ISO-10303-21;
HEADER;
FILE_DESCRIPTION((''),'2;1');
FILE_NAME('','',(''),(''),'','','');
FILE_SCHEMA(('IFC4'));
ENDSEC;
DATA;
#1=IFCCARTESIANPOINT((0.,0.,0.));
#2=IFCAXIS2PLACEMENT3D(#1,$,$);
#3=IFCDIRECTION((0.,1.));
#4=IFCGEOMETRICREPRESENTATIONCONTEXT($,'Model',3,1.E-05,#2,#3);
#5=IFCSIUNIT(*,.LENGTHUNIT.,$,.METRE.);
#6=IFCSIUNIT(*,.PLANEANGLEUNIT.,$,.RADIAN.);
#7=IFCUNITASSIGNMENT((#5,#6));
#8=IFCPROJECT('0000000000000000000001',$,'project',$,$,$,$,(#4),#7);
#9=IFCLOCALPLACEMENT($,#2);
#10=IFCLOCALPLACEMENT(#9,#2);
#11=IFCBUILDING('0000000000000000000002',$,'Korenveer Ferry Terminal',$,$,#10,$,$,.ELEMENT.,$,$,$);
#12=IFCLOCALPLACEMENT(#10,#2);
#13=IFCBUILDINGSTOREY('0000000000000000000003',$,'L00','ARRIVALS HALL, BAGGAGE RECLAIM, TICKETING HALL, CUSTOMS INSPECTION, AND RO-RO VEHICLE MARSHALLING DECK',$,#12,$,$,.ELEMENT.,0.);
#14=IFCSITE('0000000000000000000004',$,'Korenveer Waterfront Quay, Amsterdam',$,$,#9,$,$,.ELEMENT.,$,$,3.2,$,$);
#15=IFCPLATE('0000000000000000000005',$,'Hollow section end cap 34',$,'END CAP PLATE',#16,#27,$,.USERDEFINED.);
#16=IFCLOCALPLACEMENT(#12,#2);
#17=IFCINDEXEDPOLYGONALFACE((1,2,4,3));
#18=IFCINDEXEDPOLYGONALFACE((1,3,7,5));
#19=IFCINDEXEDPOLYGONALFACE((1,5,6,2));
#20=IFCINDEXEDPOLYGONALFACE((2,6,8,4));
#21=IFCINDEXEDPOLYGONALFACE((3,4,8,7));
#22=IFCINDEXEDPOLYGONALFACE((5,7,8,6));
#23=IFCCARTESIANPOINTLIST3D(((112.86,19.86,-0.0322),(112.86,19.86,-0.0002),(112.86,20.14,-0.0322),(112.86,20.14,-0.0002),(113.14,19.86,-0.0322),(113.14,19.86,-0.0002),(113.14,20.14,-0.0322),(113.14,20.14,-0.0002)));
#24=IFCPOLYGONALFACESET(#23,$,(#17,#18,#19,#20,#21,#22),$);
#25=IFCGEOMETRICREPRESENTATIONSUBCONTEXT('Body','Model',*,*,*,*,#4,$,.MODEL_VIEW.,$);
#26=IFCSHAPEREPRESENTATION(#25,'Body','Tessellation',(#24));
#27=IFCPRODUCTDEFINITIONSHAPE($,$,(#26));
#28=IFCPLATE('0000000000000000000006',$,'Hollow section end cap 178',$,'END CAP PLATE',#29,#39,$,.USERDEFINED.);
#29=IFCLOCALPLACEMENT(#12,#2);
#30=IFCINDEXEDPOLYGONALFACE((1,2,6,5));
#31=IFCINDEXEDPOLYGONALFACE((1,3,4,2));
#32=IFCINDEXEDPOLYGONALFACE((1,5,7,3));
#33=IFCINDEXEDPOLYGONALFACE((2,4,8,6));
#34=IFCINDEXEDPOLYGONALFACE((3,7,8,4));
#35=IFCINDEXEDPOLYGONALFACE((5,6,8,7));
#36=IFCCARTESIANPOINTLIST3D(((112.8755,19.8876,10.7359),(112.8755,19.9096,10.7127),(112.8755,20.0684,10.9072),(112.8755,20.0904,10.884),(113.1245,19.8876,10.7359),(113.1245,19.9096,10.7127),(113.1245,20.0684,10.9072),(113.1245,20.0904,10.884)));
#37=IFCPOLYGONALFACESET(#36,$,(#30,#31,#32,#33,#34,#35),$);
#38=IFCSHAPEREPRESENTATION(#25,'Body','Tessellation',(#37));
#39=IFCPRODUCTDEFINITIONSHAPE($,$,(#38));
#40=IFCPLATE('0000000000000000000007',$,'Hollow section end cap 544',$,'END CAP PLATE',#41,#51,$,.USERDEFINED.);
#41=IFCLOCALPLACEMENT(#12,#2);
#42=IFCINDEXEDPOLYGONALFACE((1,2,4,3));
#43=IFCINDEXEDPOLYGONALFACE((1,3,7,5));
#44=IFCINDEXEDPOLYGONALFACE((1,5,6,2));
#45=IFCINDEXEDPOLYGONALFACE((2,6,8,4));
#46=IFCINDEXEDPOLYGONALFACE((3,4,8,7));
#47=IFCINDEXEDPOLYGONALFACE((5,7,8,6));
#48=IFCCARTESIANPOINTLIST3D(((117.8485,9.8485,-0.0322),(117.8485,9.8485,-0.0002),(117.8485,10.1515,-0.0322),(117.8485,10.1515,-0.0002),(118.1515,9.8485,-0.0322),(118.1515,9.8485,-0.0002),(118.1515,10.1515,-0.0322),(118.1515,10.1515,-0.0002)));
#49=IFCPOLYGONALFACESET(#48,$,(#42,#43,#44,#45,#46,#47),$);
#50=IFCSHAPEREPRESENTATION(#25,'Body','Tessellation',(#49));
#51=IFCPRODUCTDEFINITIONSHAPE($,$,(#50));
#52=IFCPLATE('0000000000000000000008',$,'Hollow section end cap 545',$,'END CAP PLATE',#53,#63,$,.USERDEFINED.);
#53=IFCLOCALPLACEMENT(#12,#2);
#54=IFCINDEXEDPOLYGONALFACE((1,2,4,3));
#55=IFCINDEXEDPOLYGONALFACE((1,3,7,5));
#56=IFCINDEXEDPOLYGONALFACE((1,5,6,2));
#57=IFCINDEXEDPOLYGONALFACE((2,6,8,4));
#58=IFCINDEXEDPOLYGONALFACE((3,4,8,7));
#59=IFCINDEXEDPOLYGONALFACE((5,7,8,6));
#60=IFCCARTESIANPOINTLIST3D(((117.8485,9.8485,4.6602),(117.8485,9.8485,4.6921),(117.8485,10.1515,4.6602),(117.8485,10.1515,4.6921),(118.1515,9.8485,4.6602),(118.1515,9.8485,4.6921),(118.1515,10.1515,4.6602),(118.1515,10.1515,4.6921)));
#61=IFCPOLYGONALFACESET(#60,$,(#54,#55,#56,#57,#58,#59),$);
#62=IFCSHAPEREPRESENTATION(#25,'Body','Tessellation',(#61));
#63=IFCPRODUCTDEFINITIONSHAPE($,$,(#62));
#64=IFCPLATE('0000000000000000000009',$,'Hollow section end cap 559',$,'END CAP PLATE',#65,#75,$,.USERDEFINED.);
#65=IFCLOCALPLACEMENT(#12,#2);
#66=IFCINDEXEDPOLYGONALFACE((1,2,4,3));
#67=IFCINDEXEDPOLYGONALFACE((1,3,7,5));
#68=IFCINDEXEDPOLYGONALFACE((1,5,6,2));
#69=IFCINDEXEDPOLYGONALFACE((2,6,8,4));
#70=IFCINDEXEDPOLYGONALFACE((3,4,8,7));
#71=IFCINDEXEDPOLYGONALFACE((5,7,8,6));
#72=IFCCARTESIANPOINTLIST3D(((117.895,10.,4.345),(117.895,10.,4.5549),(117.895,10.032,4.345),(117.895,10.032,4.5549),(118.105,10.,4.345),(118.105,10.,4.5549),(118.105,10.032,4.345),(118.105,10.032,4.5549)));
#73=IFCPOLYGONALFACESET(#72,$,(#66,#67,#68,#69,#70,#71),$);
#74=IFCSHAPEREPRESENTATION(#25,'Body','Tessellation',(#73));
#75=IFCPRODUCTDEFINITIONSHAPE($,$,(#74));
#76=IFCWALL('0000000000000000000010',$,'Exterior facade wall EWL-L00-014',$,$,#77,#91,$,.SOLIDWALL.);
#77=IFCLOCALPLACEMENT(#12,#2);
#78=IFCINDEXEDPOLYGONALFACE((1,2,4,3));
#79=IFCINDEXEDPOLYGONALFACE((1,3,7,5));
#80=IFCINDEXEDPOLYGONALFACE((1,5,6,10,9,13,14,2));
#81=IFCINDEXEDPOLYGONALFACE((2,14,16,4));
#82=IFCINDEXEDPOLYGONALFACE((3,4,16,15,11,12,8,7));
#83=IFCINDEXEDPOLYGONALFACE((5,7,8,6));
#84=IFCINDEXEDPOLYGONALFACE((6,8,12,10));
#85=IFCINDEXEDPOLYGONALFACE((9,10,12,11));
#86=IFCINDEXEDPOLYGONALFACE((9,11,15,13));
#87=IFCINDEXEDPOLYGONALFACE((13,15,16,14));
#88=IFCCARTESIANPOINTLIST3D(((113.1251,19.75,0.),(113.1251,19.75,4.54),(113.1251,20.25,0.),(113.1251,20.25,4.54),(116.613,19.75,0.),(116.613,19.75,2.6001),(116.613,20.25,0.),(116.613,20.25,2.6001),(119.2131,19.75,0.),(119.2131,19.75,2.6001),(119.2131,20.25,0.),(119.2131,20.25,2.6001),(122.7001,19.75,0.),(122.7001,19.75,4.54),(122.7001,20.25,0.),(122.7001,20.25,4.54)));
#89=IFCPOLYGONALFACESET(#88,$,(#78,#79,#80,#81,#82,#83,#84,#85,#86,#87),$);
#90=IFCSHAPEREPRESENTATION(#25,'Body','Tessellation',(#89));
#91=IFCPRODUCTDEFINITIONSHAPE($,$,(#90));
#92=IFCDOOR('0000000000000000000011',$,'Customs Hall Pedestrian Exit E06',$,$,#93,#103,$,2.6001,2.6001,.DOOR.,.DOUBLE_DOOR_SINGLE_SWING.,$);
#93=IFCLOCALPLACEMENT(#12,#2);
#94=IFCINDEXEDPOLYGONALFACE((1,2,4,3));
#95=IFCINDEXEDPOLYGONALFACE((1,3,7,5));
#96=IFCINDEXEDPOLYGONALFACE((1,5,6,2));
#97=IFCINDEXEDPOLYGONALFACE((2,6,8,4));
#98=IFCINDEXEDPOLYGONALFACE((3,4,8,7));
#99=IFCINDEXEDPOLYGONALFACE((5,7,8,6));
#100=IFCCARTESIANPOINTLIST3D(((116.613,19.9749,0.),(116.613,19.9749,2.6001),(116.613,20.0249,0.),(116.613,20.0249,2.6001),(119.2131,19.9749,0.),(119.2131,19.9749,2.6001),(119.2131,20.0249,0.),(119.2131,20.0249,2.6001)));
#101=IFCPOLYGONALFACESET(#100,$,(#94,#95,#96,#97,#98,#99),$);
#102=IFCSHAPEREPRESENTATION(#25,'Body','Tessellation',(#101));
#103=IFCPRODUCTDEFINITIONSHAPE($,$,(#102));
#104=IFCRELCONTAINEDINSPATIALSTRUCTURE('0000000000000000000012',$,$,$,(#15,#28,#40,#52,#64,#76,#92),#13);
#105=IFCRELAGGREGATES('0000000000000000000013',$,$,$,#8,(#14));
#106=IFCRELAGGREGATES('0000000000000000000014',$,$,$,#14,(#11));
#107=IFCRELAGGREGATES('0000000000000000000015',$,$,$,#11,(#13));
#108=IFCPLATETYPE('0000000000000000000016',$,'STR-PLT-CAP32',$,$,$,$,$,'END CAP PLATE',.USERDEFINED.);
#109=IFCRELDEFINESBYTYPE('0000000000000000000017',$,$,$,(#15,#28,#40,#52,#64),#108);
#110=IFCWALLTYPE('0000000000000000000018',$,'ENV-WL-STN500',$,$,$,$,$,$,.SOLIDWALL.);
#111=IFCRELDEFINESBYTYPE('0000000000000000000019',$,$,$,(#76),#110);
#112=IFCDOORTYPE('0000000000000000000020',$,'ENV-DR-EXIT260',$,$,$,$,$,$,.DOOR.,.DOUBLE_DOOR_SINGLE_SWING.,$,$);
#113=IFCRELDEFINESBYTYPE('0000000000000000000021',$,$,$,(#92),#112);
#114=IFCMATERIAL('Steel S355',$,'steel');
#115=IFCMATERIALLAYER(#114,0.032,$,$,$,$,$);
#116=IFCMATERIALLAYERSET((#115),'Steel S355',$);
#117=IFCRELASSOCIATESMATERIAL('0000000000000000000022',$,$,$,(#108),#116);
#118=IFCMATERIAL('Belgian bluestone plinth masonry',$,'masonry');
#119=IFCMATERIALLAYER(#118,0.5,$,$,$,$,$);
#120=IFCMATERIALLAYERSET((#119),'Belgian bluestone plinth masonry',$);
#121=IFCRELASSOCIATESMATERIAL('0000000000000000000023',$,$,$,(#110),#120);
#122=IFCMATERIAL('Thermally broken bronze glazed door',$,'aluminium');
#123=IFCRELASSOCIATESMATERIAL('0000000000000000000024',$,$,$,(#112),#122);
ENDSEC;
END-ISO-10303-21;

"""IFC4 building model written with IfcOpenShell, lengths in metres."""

from ifc_helpers import new_model, si_unit, direction, frame, frame_2d, origin, origin_2d, place, context, subcontext, project, spatial, rectangle, extrude, material, layer, layer_set, type_object, element, fill, save


model = new_model("IFC4")

# Units and contexts
model_context = context("Model", 3, precision=1e-05, world=origin(), true_north=direction((0.0, 1.0)))
body_context = subcontext(model_context, "Body", "Model", "MODEL_VIEW")
ifc_project = project(units=[si_unit("LENGTHUNIT", "METRE"), si_unit("PLANEANGLEUNIT", "RADIAN")], contexts=[model_context])

# Site, building, storey
site_placement = place(None, origin())
site = spatial("IfcSite", under=ifc_project, at=site_placement, Name="Korenveer Waterfront Quay, Amsterdam", CompositionType="ELEMENT", RefElevation=3.2)
building_placement = place(site_placement, origin())
building = spatial("IfcBuilding", under=site, at=building_placement, Name="Korenveer Ferry Terminal", CompositionType="ELEMENT")
storey_placement = place(building_placement, origin())
storey = spatial("IfcBuildingStorey", under=building, at=storey_placement, Name="L00", Description="ARRIVALS HALL, BAGGAGE RECLAIM, TICKETING HALL, CUSTOMS INSPECTION, AND RO-RO VEHICLE MARSHALLING DECK", CompositionType="ELEMENT", Elevation=0.0)

# Shared definitions
ifc_material_1 = material(Name="Steel S355", Category="steel")

# Plates
ifc_layer_1 = layer(ifc_material_1, 0.032)
ifc_layer_set_1 = layer_set([ifc_layer_1], Name="Steel S355")
plate_type = type_object("IfcPlateType", Name="STR-PLT-CAP32", ElementType="END CAP PLATE", PredefinedType="USERDEFINED", material=ifc_layer_set_1)
plate_1_placement = place(storey_placement, frame((113.0, 20.0, -0.0322), z_axis=(0.0, 0.0, 1.0), x_axis=(1.0, 0.0, 0.0)))
element("IfcPlate", 1, at=plate_1_placement, inside=storey, type_object=plate_type, Name="Hollow section end cap 34", ObjectType="END CAP PLATE", PredefinedType="USERDEFINED", context=body_context, shape_type="SweptSolid", body=[
    extrude(rectangle(XDim=0.28, YDim=0.28, at=origin_2d()), origin(), (0.0, 0.0, 1.0), 0.032),
])
plate_2_placement = place(storey_placement, frame((113.0, 20.0, 10.7983), z_axis=(0.0, -0.687992, 0.725718), x_axis=(1.0, 0.0, 0.0)))
element("IfcPlate", 2, at=plate_2_placement, inside=storey, type_object=plate_type, Name="Hollow section end cap 178", ObjectType="END CAP PLATE", PredefinedType="USERDEFINED", context=body_context, shape_type="SweptSolid", body=[
    extrude(rectangle(XDim=0.249, YDim=0.249, at=origin_2d()), origin(), (0.0, 0.0, 1.0), 0.032),
])
for number, where, z_axis, x_axis, name in (
    (3, (118.0, 10.0, -0.0322), (0.0, 0.0, 1.0), (1.0, 0.0, 0.0), "Hollow section end cap 544"),
    (4, (118.0, 10.0, 4.6602), (0.0, 0.0, 1.0), (1.0, 0.0, 0.0), "Hollow section end cap 545"),
):
    element("IfcPlate", number, at=place(storey_placement, frame(where, z_axis=z_axis, x_axis=x_axis)), inside=storey, type_object=plate_type, Name=name, ObjectType="END CAP PLATE", PredefinedType="USERDEFINED", context=body_context, shape_type="SweptSolid", body=[
        extrude(rectangle(XDim=0.303, YDim=0.303, at=origin_2d()), origin(), (0.0, 0.0, 1.0), 0.032),
    ])
plate_3_placement = place(storey_placement, frame((118.0, 10.0, 4.45), z_axis=(0.0, 1.0, 0.0), x_axis=(-1.0, 0.0, 0.0)))
element("IfcPlate", 5, at=plate_3_placement, inside=storey, type_object=plate_type, Name="Hollow section end cap 559", ObjectType="END CAP PLATE", PredefinedType="USERDEFINED", context=body_context, shape_type="SweptSolid", body=[
    extrude(rectangle(XDim=0.21, YDim=0.21, at=origin_2d()), origin(), (0.0, 0.0, 1.0), 0.032),
])

# Wall, opening, door
ifc_material_2 = material(Name="Belgian bluestone plinth masonry", Category="masonry")
ifc_layer_2 = layer(ifc_material_2, 0.5)
ifc_layer_set_2 = layer_set([ifc_layer_2], Name="Belgian bluestone plinth masonry")
wall_type = type_object("IfcWallType", Name="ENV-WL-STN500", PredefinedType="SOLIDWALL", material=ifc_layer_set_2)
wall_placement = place(storey_placement, frame((113.125, 20.0, 0.0), z_axis=(0.0, 0.0, 1.0), x_axis=(1.0, 0.0, 0.0)))
wall = element("IfcWall", 6, at=wall_placement, inside=storey, type_object=wall_type, Name="Exterior facade wall EWL-L00-014", PredefinedType="SOLIDWALL", context=body_context, shape_type="SweptSolid", body=[
    extrude(rectangle(XDim=9.575, YDim=0.5, at=frame_2d((4.7876, 0.0))), origin(), (0.0, 0.0, 1.0), 4.54),
])
opening_placement = place(wall_placement, frame((3.488, 0.0, 0.0)))
opening = element("IfcOpeningElement", 7, at=opening_placement, cuts=wall, PredefinedType="OPENING", context=body_context, shape_type="SweptSolid", body=[
    extrude(rectangle(XDim=2.6001, YDim=2.6001, at=frame_2d((1.3, 1.3))), frame((0.0, 0.26, 0.0), z_axis=(0.0, -1.0, 0.0), x_axis=(1.0, 0.0, 0.0)), (0.0, 0.0, 1.0), 0.52),
])
ifc_material_3 = material(Name="Thermally broken bronze glazed door", Category="aluminium")
door_type = type_object("IfcDoorType", Name="ENV-DR-EXIT260", OperationType="DOUBLE_DOOR_SINGLE_SWING", PredefinedType="DOOR", material=ifc_material_3)
door_placement = place(opening_placement, origin())
door = element("IfcDoor", 8, at=door_placement, inside=storey, type_object=door_type, Name="Customs Hall Pedestrian Exit E06", OperationType="DOUBLE_DOOR_SINGLE_SWING", OverallHeight=2.6001, OverallWidth=2.6001, PredefinedType="DOOR", context=body_context, shape_type="SweptSolid", body=[
    extrude(rectangle(XDim=2.6001, YDim=2.6001, at=frame_2d((1.3, 1.3))), frame((0.0, 0.0249, 0.0), z_axis=(0.0, -1.0, 0.0), x_axis=(1.0, 0.0, 0.0)), (0.0, 0.0, 1.0), 0.05),
])
fill(opening, door)

save(model, "model.ifc")
